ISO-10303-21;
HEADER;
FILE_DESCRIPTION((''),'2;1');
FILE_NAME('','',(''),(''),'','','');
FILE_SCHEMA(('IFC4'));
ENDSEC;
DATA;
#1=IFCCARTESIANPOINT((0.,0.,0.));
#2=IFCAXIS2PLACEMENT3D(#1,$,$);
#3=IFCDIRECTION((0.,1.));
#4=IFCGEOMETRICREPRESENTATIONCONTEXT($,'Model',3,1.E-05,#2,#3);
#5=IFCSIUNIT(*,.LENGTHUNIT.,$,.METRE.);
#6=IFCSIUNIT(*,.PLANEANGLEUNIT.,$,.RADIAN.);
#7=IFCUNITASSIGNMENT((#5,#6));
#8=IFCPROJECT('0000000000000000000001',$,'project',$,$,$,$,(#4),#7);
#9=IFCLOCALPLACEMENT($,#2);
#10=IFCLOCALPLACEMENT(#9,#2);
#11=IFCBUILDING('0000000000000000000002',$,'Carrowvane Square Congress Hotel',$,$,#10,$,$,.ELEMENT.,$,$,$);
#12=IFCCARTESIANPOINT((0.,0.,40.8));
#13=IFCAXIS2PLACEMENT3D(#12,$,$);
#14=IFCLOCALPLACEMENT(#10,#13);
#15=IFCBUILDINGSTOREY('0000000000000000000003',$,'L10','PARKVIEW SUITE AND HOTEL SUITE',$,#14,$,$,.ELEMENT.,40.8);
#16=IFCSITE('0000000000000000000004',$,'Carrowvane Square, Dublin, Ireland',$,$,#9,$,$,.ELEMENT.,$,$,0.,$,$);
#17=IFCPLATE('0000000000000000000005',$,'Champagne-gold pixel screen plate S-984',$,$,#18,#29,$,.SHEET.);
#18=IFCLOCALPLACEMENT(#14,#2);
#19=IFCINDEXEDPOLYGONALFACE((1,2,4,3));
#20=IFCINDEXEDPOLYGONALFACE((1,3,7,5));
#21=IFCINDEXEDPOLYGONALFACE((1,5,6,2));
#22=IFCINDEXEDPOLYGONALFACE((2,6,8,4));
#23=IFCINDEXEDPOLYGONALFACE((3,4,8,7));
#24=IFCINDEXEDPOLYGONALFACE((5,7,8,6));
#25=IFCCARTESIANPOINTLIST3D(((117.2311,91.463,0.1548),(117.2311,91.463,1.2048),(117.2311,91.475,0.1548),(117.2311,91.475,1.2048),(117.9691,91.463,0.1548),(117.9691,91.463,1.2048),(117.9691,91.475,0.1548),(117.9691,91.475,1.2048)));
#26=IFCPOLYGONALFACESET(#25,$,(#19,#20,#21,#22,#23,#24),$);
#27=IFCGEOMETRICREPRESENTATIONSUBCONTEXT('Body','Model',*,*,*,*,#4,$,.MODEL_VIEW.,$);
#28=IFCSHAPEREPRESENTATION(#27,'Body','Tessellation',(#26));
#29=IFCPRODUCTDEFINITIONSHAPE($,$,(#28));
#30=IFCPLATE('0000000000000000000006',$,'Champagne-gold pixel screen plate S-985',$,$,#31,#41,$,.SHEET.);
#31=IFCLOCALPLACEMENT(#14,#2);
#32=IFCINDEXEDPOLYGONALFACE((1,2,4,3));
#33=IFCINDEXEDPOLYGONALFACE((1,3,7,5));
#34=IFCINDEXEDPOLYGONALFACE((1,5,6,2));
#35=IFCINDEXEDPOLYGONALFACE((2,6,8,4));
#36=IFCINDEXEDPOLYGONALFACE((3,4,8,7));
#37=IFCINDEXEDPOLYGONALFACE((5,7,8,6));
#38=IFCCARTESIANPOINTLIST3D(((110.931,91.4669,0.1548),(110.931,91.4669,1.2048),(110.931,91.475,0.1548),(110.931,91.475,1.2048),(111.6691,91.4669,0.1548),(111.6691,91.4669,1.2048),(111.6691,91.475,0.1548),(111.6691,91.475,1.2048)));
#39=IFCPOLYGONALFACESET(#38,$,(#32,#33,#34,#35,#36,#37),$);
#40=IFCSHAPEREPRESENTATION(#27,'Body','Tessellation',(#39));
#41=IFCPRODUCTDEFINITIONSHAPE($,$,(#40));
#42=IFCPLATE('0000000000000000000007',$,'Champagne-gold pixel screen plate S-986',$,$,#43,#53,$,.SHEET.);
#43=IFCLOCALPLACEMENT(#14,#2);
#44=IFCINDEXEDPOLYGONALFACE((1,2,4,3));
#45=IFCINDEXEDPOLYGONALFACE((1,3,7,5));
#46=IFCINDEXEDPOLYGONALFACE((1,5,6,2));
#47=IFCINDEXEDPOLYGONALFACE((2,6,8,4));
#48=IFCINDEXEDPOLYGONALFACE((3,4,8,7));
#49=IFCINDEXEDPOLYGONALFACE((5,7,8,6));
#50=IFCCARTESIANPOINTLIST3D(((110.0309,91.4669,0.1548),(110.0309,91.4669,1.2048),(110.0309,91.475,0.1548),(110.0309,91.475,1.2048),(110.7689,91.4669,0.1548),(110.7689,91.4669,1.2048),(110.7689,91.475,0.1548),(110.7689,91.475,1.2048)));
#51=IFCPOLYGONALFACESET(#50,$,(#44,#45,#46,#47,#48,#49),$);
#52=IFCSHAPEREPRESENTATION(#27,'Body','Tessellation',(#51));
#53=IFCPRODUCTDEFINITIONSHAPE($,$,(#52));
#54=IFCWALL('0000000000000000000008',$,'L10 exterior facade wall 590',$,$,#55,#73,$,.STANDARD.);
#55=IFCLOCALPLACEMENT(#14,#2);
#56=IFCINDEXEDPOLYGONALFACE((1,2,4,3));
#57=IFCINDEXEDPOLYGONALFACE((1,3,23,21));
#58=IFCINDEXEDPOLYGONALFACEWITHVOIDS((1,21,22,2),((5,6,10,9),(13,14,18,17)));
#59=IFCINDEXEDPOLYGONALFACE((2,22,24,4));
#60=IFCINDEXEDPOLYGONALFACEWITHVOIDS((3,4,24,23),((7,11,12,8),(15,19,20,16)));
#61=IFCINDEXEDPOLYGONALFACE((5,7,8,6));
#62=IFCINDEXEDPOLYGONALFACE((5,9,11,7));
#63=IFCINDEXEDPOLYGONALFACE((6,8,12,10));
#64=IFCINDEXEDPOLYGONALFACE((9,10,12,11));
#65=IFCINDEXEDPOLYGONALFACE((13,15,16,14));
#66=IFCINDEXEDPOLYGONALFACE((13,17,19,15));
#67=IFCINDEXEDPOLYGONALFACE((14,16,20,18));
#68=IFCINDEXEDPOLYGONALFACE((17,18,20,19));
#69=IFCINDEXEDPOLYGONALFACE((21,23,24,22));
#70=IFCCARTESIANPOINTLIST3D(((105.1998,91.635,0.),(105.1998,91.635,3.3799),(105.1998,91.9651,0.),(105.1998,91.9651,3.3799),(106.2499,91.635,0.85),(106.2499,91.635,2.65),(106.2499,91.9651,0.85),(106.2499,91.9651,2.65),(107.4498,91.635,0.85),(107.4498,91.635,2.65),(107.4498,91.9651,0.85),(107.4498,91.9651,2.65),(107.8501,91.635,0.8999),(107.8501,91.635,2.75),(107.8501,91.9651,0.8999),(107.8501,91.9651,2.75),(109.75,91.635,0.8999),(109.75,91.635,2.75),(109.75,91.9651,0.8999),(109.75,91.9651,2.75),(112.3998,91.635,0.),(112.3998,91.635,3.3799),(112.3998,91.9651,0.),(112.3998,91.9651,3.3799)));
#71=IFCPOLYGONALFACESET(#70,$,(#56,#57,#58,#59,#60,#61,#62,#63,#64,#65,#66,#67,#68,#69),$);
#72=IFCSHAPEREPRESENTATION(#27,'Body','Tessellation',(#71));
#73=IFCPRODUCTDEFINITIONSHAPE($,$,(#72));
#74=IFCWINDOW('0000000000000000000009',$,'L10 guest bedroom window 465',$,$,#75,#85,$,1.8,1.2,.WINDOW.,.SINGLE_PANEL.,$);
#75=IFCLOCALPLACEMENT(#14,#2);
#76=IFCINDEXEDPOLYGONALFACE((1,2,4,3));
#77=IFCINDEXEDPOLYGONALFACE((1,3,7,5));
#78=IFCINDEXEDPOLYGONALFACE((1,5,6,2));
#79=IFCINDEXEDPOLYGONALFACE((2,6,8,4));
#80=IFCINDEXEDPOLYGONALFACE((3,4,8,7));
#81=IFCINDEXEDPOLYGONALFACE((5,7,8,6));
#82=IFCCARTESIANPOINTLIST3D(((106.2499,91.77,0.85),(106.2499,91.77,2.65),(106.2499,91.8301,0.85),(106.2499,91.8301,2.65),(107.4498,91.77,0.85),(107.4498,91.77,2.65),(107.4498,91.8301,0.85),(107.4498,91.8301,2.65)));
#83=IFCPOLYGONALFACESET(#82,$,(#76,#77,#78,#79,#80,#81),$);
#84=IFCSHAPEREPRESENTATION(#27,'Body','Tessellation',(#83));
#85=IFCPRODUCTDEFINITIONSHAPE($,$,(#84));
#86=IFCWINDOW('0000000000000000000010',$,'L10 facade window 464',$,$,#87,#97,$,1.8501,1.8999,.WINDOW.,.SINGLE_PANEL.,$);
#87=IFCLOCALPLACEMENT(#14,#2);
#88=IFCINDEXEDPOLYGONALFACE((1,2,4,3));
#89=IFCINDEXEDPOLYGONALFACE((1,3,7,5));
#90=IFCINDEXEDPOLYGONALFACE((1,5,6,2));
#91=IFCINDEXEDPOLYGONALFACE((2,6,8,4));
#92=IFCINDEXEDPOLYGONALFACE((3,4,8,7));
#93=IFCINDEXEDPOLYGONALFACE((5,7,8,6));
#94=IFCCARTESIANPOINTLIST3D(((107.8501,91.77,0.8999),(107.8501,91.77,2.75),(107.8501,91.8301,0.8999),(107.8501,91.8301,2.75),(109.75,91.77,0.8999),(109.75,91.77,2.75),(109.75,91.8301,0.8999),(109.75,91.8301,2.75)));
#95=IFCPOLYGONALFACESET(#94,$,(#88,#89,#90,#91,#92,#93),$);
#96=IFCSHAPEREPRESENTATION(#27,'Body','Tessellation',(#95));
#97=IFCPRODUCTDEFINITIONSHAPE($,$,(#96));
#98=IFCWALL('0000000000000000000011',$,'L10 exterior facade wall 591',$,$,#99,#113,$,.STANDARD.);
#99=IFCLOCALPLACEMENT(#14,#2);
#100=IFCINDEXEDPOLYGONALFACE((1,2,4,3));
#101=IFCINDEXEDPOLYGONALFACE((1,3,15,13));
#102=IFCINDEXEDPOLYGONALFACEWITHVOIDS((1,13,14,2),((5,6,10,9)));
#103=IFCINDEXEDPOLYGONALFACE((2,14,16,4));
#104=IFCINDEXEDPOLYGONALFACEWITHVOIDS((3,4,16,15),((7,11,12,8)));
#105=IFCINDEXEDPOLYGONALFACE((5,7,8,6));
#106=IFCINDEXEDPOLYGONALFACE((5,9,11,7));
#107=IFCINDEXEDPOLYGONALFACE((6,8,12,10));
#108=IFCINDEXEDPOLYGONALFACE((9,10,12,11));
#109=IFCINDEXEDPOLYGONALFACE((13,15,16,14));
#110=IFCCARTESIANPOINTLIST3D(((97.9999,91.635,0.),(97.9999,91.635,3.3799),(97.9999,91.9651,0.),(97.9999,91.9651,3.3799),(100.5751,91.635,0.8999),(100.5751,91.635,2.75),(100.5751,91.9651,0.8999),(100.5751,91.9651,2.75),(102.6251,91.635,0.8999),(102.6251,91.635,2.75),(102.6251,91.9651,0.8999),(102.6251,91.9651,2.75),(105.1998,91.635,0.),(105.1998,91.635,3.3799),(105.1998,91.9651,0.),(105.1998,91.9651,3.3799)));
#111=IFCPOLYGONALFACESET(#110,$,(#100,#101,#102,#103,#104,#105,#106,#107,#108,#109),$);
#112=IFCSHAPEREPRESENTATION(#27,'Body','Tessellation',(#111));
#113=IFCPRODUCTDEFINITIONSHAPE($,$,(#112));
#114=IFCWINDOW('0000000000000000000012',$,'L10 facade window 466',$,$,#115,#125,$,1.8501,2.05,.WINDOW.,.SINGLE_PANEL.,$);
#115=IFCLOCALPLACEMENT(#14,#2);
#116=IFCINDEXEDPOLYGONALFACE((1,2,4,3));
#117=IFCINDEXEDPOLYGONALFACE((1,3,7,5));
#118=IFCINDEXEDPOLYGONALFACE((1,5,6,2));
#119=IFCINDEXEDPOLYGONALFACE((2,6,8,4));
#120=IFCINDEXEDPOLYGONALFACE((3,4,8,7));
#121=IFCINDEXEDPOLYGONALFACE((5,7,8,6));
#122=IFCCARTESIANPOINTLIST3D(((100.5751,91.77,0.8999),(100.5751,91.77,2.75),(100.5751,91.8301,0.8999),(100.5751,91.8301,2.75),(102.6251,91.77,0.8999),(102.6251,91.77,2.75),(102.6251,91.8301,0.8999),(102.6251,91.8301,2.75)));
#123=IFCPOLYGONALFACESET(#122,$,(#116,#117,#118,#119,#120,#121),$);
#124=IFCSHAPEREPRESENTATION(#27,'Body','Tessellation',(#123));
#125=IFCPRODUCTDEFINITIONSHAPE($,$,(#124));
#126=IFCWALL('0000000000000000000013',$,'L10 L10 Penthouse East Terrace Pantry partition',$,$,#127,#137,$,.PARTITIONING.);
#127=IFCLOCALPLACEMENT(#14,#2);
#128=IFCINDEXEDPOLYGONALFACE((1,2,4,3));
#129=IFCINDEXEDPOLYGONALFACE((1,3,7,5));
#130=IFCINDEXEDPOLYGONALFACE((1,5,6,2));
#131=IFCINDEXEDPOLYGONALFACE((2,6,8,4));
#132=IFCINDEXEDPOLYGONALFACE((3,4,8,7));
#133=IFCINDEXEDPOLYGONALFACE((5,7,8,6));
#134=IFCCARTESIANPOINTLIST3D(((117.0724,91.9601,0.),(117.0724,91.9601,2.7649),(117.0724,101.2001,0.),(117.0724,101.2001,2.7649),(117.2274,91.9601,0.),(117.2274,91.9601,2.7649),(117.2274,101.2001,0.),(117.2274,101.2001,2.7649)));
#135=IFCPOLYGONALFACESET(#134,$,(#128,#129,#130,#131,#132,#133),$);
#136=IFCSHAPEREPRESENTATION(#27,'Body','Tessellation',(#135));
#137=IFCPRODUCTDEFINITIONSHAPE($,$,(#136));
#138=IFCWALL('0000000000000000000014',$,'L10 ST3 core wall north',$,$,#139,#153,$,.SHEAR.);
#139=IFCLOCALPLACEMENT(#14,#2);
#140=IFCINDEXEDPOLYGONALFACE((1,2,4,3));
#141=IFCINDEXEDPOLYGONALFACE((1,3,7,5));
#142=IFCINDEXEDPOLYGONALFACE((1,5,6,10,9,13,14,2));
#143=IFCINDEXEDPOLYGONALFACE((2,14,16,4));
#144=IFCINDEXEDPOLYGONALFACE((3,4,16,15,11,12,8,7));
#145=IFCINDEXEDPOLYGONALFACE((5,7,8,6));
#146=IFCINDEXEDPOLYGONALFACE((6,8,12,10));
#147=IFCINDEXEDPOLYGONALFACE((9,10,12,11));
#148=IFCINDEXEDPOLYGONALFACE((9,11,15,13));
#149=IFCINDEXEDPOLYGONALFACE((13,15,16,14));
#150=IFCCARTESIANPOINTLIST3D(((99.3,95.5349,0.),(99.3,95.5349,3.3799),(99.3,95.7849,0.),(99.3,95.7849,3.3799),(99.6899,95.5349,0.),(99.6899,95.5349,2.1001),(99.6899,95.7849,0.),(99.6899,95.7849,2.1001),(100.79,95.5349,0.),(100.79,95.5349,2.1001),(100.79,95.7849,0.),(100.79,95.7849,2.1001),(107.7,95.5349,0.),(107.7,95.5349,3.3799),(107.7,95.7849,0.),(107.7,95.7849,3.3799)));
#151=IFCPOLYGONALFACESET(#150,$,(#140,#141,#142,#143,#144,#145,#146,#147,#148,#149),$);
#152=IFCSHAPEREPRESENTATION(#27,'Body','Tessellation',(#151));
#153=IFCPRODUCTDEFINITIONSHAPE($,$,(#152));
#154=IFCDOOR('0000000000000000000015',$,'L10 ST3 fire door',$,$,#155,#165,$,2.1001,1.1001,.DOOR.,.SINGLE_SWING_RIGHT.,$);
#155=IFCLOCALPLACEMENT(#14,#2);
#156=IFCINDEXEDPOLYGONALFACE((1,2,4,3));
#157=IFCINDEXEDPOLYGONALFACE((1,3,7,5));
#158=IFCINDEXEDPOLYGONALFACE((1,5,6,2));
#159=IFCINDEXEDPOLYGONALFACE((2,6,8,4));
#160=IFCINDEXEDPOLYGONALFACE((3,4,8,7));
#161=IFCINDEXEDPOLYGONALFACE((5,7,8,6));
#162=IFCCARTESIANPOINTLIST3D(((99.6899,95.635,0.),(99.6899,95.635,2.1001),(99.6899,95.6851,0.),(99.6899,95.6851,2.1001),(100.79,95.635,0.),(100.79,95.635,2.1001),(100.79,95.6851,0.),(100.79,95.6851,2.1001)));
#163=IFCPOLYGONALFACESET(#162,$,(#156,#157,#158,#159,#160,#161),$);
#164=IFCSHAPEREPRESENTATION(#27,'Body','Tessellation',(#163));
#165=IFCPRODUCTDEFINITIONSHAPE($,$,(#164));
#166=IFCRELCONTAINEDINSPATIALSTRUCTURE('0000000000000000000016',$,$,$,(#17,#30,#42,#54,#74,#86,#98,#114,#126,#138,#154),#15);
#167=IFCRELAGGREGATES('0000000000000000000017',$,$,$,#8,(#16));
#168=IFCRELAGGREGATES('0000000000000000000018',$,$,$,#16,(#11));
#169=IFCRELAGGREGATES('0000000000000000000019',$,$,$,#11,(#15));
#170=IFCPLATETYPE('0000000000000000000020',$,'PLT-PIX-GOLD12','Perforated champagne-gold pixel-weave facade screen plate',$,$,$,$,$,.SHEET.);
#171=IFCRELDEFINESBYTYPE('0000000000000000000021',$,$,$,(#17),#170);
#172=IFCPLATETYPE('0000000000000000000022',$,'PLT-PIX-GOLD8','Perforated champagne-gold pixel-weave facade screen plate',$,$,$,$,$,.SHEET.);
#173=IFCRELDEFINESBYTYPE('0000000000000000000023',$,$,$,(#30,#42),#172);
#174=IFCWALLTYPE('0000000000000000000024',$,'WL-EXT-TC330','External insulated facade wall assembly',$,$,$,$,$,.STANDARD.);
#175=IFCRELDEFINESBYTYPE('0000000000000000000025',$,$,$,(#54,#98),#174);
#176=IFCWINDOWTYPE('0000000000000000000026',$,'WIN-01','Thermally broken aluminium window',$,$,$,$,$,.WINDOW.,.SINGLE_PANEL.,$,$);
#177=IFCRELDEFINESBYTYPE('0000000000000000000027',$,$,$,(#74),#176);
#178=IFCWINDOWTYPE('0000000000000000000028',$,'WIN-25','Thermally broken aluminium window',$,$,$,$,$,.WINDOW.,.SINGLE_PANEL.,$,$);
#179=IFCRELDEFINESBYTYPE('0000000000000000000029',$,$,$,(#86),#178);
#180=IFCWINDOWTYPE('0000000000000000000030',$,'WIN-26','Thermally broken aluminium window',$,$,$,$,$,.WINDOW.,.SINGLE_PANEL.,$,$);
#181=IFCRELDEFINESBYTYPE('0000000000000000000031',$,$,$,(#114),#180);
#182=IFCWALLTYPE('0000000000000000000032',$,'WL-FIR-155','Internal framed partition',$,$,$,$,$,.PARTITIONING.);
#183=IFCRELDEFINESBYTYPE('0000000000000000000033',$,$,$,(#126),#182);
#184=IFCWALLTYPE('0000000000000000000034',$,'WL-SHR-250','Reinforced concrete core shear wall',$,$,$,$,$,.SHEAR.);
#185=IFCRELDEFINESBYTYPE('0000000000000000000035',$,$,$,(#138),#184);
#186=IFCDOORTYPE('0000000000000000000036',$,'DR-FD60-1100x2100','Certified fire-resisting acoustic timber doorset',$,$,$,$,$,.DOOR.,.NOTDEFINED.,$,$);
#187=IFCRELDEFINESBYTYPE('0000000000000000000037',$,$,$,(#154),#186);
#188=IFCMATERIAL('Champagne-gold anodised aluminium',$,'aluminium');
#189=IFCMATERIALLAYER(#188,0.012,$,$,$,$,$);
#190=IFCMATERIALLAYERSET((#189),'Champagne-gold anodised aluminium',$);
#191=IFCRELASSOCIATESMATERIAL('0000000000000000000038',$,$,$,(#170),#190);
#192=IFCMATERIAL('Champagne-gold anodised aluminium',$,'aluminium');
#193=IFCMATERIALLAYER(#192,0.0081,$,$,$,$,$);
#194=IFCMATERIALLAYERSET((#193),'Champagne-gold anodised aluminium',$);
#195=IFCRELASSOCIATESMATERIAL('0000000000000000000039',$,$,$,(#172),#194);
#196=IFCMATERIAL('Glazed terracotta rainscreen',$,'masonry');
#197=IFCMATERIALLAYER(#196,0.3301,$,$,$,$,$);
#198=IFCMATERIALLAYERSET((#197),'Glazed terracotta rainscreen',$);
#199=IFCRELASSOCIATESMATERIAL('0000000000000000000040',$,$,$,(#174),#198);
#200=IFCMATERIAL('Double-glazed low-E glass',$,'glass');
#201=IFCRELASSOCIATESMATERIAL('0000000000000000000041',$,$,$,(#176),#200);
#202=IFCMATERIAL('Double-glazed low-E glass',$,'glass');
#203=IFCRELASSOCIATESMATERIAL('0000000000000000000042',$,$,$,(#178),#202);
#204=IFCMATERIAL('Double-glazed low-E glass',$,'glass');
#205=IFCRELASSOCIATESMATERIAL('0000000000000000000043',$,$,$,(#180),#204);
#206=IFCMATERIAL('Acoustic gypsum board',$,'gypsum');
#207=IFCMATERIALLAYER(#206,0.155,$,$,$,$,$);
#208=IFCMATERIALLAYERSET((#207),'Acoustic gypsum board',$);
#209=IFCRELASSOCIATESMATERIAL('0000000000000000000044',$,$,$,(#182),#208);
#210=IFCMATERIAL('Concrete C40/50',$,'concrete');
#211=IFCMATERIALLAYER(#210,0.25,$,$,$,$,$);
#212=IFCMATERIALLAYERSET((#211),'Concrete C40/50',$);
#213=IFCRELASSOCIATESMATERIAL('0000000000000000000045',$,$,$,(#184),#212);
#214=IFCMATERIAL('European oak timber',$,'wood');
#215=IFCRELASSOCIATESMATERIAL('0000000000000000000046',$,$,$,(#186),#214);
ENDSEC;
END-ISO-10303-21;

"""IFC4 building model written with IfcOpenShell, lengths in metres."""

from ifc_helpers import new_model, si_unit, direction, frame, frame_2d, origin, origin_2d, place, context, subcontext, project, spatial, rectangle, extrude, material, layer, layer_set, type_object, element, fill, save


model = new_model("IFC4")

# Units and contexts
model_context = context("Model", 3, precision=1e-05, world=origin(), true_north=direction((0.0, 1.0)))
body_context = subcontext(model_context, "Body", "Model", "MODEL_VIEW")
ifc_project = project(units=[si_unit("LENGTHUNIT", "METRE"), si_unit("PLANEANGLEUNIT", "RADIAN")], contexts=[model_context])

# Site, building, storey
site_placement = place(None, origin())
site = spatial("IfcSite", under=ifc_project, at=site_placement, Name="Carrowvane Square, Dublin, Ireland", CompositionType="ELEMENT", RefElevation=0.0)
building_placement = place(site_placement, origin())
building = spatial("IfcBuilding", under=site, at=building_placement, Name="Carrowvane Square Congress Hotel", CompositionType="ELEMENT")
storey_placement = place(building_placement, frame((0.0, 0.0, 40.8)))
storey = spatial("IfcBuildingStorey", under=building, at=storey_placement, Name="L10", Description="PARKVIEW SUITE AND HOTEL SUITE", CompositionType="ELEMENT", Elevation=40.8)

# Plates
ifc_material_1 = material(Name="Champagne-gold anodised aluminium", Category="aluminium")
ifc_layer_1 = layer(ifc_material_1, 0.012)
ifc_layer_set_1 = layer_set([ifc_layer_1], Name="Champagne-gold anodised aluminium")
plate_type_1 = type_object("IfcPlateType", Name="PLT-PIX-GOLD12", Description="Perforated champagne-gold pixel-weave facade screen plate", PredefinedType="SHEET", material=ifc_layer_set_1)
plate_placement = place(storey_placement, frame((117.6001, 91.469, 0.1548), z_axis=(0.0, 0.0, 1.0), x_axis=(-1.0, 0.0, 0.0)))
element("IfcPlate", 1, at=plate_placement, inside=storey, type_object=plate_type_1, Name="Champagne-gold pixel screen plate S-984", PredefinedType="SHEET", context=body_context, shape_type="SweptSolid", body=[
    extrude(rectangle(XDim=0.738, YDim=0.012, at=origin_2d()), origin(), (0.0, 0.0, 1.0), 1.05),
])
ifc_material_2 = material(Name="Champagne-gold anodised aluminium", Category="aluminium")
ifc_layer_2 = layer(ifc_material_2, 0.0081)
ifc_layer_set_2 = layer_set([ifc_layer_2], Name="Champagne-gold anodised aluminium")
plate_type_2 = type_object("IfcPlateType", Name="PLT-PIX-GOLD8", Description="Perforated champagne-gold pixel-weave facade screen plate", PredefinedType="SHEET", material=ifc_layer_set_2)
for number, where, z_axis, x_axis, name in (
    (2, (111.3, 91.4709, 0.1548), (0.0, 0.0, 1.0), (-1.0, 0.0, 0.0), "Champagne-gold pixel screen plate S-985"),
    (3, (110.3999, 91.4709, 0.1548), (0.0, 0.0, 1.0), (-1.0, 0.0, 0.0), "Champagne-gold pixel screen plate S-986"),
):
    element("IfcPlate", number, at=place(storey_placement, frame(where, z_axis=z_axis, x_axis=x_axis)), inside=storey, type_object=plate_type_2, Name=name, PredefinedType="SHEET", context=body_context, shape_type="SweptSolid", body=[
        extrude(rectangle(XDim=0.738, YDim=0.0081, at=origin_2d()), origin(), (0.0, 0.0, 1.0), 1.05),
    ])

# Wall, openings, windows
ifc_material_3 = material(Name="Glazed terracotta rainscreen", Category="masonry")
ifc_layer_3 = layer(ifc_material_3, 0.3301)
ifc_layer_set_3 = layer_set([ifc_layer_3], Name="Glazed terracotta rainscreen")
wall_type_1 = type_object("IfcWallType", Name="WL-EXT-TC330", Description="External insulated facade wall assembly", PredefinedType="STANDARD", material=ifc_layer_set_3)
wall_1_placement = place(storey_placement, frame((112.3999, 91.8, 0.0), z_axis=(0.0, 0.0, 1.0), x_axis=(-1.0, 0.0, 0.0)))
wall_1 = element("IfcWall", 4, at=wall_1_placement, inside=storey, type_object=wall_type_1, Name="L10 exterior facade wall 590", PredefinedType="STANDARD", context=body_context, shape_type="SweptSolid", body=[
    extrude(rectangle(XDim=7.2, YDim=0.3301, at=frame_2d((3.6001, 0.0))), origin(), (0.0, 0.0, 1.0), 3.3799),
])
opening_1_placement = place(wall_1_placement, frame((2.6499, 0.0, 0.8999)))
opening_1 = element("IfcOpeningElement", 5, at=opening_1_placement, cuts=wall_1, PredefinedType="OPENING", context=body_context, shape_type="SweptSolid", body=[
    extrude(rectangle(XDim=1.8999, YDim=1.8501, at=frame_2d((0.95, 0.925))), frame((0.0, 0.175, 0.0), z_axis=(0.0, -1.0, 0.0), x_axis=(1.0, 0.0, 0.0)), (0.0, 0.0, 1.0), 0.3501),
])
opening_2_placement = place(wall_1_placement, frame((4.95, 0.0, 0.8501)))
opening_2 = element("IfcOpeningElement", 6, at=opening_2_placement, cuts=wall_1, PredefinedType="OPENING", context=body_context, shape_type="SweptSolid", body=[
    extrude(rectangle(XDim=1.2, YDim=1.8, at=frame_2d((0.6001, 0.8999))), frame((0.0, 0.175, 0.0), z_axis=(0.0, -1.0, 0.0), x_axis=(1.0, 0.0, 0.0)), (0.0, 0.0, 1.0), 0.3501),
])
ifc_material_4 = material(Name="Double-glazed low-E glass", Category="glass")
window_type_1 = type_object("IfcWindowType", Name="WIN-01", Description="Thermally broken aluminium window", PartitioningType="SINGLE_PANEL", PredefinedType="WINDOW", material=ifc_material_4)
window_1_placement = place(opening_2_placement, origin())
window_1 = element("IfcWindow", 7, at=window_1_placement, inside=storey, type_object=window_type_1, Name="L10 guest bedroom window 465", OverallHeight=1.8, OverallWidth=1.2, PartitioningType="SINGLE_PANEL", PredefinedType="WINDOW", context=body_context, shape_type="SweptSolid", body=[
    extrude(rectangle(XDim=1.2, YDim=1.8, at=frame_2d((0.6001, 0.8999))), frame((0.0, 0.03, 0.0), z_axis=(0.0, -1.0, 0.0), x_axis=(1.0, 0.0, 0.0)), (0.0, 0.0, 1.0), 0.0601),
])
fill(opening_2, window_1)
ifc_material_5 = material(Name="Double-glazed low-E glass", Category="glass")
window_type_2 = type_object("IfcWindowType", Name="WIN-25", Description="Thermally broken aluminium window", PartitioningType="SINGLE_PANEL", PredefinedType="WINDOW", material=ifc_material_5)
window_2_placement = place(opening_1_placement, origin())
window_2 = element("IfcWindow", 8, at=window_2_placement, inside=storey, type_object=window_type_2, Name="L10 facade window 464", OverallHeight=1.8501, OverallWidth=1.8999, PartitioningType="SINGLE_PANEL", PredefinedType="WINDOW", context=body_context, shape_type="SweptSolid", body=[
    extrude(rectangle(XDim=1.8999, YDim=1.8501, at=frame_2d((0.95, 0.925))), frame((0.0, 0.03, 0.0), z_axis=(0.0, -1.0, 0.0), x_axis=(1.0, 0.0, 0.0)), (0.0, 0.0, 1.0), 0.0601),
])
fill(opening_1, window_2)

# Wall, opening, window
wall_2_placement = place(storey_placement, frame((105.2, 91.8, 0.0), z_axis=(0.0, 0.0, 1.0), x_axis=(-1.0, 0.0, 0.0)))
wall_2 = element("IfcWall", 9, at=wall_2_placement, inside=storey, type_object=wall_type_1, Name="L10 exterior facade wall 591", PredefinedType="STANDARD", context=body_context, shape_type="SweptSolid", body=[
    extrude(rectangle(XDim=7.2, YDim=0.3301, at=frame_2d((3.6001, 0.0))), origin(), (0.0, 0.0, 1.0), 3.3799),
])
opening_3_placement = place(wall_2_placement, frame((2.575, 0.0, 0.8999)))
opening_3 = element("IfcOpeningElement", 10, at=opening_3_placement, cuts=wall_2, PredefinedType="OPENING", context=body_context, shape_type="SweptSolid", body=[
    extrude(rectangle(XDim=2.05, YDim=1.8501, at=frame_2d((1.0249, 0.925))), frame((0.0, 0.175, 0.0), z_axis=(0.0, -1.0, 0.0), x_axis=(1.0, 0.0, 0.0)), (0.0, 0.0, 1.0), 0.3501),
])
ifc_material_6 = material(Name="Double-glazed low-E glass", Category="glass")
window_type_3 = type_object("IfcWindowType", Name="WIN-26", Description="Thermally broken aluminium window", PartitioningType="SINGLE_PANEL", PredefinedType="WINDOW", material=ifc_material_6)
window_3_placement = place(opening_3_placement, origin())
window_3 = element("IfcWindow", 11, at=window_3_placement, inside=storey, type_object=window_type_3, Name="L10 facade window 466", OverallHeight=1.8501, OverallWidth=2.05, PartitioningType="SINGLE_PANEL", PredefinedType="WINDOW", context=body_context, shape_type="SweptSolid", body=[
    extrude(rectangle(XDim=2.05, YDim=1.8501, at=frame_2d((1.0249, 0.925))), frame((0.0, 0.03, 0.0), z_axis=(0.0, -1.0, 0.0), x_axis=(1.0, 0.0, 0.0)), (0.0, 0.0, 1.0), 0.0601),
])
fill(opening_3, window_3)

# Wall
ifc_material_7 = material(Name="Acoustic gypsum board", Category="gypsum")
ifc_layer_4 = layer(ifc_material_7, 0.155)
ifc_layer_set_4 = layer_set([ifc_layer_4], Name="Acoustic gypsum board")
wall_type_2 = type_object("IfcWallType", Name="WL-FIR-155", Description="Internal framed partition", PredefinedType="PARTITIONING", material=ifc_layer_set_4)
wall_3_placement = place(storey_placement, frame((117.1499, 91.96, 0.0), z_axis=(0.0, 0.0, 1.0), x_axis=(0.0, 1.0, 0.0)))
element("IfcWall", 12, at=wall_3_placement, inside=storey, type_object=wall_type_2, Name="L10 L10 Penthouse East Terrace Pantry partition", PredefinedType="PARTITIONING", context=body_context, shape_type="SweptSolid", body=[
    extrude(rectangle(XDim=9.24, YDim=0.155, at=frame_2d((4.6201, 0.0))), origin(), (0.0, 0.0, 1.0), 2.7649),
])

# Wall, opening, door
ifc_material_8 = material(Name="Concrete C40/50", Category="concrete")
ifc_layer_5 = layer(ifc_material_8, 0.25)
ifc_layer_set_5 = layer_set([ifc_layer_5], Name="Concrete C40/50")
wall_type_3 = type_object("IfcWallType", Name="WL-SHR-250", Description="Reinforced concrete core shear wall", PredefinedType="SHEAR", material=ifc_layer_set_5)
wall_4_placement = place(storey_placement, frame((107.7, 95.6599, 0.0), z_axis=(0.0, 0.0, 1.0), x_axis=(-1.0, 0.0, 0.0)))
wall_4 = element("IfcWall", 13, at=wall_4_placement, inside=storey, type_object=wall_type_3, Name="L10 ST3 core wall north", PredefinedType="SHEAR", context=body_context, shape_type="SweptSolid", body=[
    extrude(rectangle(XDim=8.3999, YDim=0.25, at=frame_2d((4.2, 0.0))), origin(), (0.0, 0.0, 1.0), 3.3799),
])
opening_4_placement = place(wall_4_placement, frame((6.9099, 0.0, 0.0)))
opening_4 = element("IfcOpeningElement", 14, at=opening_4_placement, cuts=wall_4, PredefinedType="OPENING", context=body_context, shape_type="SweptSolid", body=[
    extrude(rectangle(XDim=1.1001, YDim=2.1001, at=frame_2d((0.55, 1.05))), frame((0.0, 0.135, 0.0), z_axis=(0.0, -1.0, 0.0), x_axis=(1.0, 0.0, 0.0)), (0.0, 0.0, 1.0), 0.27),
])
ifc_material_9 = material(Name="European oak timber", Category="wood")
door_type_1 = type_object("IfcDoorType", Name="DR-FD60-1100x2100", Description="Certified fire-resisting acoustic timber doorset", OperationType="NOTDEFINED", PredefinedType="DOOR", material=ifc_material_9)
door_1_placement = place(opening_4_placement, origin())
door_1 = element("IfcDoor", 15, at=door_1_placement, inside=storey, type_object=door_type_1, Name="L10 ST3 fire door", OperationType="SINGLE_SWING_RIGHT", OverallHeight=2.1001, OverallWidth=1.1001, PredefinedType="DOOR", context=body_context, shape_type="SweptSolid", body=[
    extrude(rectangle(XDim=1.1001, YDim=2.1001, at=frame_2d((0.55, 1.05))), frame((0.0, 0.0249, 0.0), z_axis=(0.0, -1.0, 0.0), x_axis=(1.0, 0.0, 0.0)), (0.0, 0.0, 1.0), 0.05),
])
fill(opening_4, door_1)

save(model, "model.ifc")
